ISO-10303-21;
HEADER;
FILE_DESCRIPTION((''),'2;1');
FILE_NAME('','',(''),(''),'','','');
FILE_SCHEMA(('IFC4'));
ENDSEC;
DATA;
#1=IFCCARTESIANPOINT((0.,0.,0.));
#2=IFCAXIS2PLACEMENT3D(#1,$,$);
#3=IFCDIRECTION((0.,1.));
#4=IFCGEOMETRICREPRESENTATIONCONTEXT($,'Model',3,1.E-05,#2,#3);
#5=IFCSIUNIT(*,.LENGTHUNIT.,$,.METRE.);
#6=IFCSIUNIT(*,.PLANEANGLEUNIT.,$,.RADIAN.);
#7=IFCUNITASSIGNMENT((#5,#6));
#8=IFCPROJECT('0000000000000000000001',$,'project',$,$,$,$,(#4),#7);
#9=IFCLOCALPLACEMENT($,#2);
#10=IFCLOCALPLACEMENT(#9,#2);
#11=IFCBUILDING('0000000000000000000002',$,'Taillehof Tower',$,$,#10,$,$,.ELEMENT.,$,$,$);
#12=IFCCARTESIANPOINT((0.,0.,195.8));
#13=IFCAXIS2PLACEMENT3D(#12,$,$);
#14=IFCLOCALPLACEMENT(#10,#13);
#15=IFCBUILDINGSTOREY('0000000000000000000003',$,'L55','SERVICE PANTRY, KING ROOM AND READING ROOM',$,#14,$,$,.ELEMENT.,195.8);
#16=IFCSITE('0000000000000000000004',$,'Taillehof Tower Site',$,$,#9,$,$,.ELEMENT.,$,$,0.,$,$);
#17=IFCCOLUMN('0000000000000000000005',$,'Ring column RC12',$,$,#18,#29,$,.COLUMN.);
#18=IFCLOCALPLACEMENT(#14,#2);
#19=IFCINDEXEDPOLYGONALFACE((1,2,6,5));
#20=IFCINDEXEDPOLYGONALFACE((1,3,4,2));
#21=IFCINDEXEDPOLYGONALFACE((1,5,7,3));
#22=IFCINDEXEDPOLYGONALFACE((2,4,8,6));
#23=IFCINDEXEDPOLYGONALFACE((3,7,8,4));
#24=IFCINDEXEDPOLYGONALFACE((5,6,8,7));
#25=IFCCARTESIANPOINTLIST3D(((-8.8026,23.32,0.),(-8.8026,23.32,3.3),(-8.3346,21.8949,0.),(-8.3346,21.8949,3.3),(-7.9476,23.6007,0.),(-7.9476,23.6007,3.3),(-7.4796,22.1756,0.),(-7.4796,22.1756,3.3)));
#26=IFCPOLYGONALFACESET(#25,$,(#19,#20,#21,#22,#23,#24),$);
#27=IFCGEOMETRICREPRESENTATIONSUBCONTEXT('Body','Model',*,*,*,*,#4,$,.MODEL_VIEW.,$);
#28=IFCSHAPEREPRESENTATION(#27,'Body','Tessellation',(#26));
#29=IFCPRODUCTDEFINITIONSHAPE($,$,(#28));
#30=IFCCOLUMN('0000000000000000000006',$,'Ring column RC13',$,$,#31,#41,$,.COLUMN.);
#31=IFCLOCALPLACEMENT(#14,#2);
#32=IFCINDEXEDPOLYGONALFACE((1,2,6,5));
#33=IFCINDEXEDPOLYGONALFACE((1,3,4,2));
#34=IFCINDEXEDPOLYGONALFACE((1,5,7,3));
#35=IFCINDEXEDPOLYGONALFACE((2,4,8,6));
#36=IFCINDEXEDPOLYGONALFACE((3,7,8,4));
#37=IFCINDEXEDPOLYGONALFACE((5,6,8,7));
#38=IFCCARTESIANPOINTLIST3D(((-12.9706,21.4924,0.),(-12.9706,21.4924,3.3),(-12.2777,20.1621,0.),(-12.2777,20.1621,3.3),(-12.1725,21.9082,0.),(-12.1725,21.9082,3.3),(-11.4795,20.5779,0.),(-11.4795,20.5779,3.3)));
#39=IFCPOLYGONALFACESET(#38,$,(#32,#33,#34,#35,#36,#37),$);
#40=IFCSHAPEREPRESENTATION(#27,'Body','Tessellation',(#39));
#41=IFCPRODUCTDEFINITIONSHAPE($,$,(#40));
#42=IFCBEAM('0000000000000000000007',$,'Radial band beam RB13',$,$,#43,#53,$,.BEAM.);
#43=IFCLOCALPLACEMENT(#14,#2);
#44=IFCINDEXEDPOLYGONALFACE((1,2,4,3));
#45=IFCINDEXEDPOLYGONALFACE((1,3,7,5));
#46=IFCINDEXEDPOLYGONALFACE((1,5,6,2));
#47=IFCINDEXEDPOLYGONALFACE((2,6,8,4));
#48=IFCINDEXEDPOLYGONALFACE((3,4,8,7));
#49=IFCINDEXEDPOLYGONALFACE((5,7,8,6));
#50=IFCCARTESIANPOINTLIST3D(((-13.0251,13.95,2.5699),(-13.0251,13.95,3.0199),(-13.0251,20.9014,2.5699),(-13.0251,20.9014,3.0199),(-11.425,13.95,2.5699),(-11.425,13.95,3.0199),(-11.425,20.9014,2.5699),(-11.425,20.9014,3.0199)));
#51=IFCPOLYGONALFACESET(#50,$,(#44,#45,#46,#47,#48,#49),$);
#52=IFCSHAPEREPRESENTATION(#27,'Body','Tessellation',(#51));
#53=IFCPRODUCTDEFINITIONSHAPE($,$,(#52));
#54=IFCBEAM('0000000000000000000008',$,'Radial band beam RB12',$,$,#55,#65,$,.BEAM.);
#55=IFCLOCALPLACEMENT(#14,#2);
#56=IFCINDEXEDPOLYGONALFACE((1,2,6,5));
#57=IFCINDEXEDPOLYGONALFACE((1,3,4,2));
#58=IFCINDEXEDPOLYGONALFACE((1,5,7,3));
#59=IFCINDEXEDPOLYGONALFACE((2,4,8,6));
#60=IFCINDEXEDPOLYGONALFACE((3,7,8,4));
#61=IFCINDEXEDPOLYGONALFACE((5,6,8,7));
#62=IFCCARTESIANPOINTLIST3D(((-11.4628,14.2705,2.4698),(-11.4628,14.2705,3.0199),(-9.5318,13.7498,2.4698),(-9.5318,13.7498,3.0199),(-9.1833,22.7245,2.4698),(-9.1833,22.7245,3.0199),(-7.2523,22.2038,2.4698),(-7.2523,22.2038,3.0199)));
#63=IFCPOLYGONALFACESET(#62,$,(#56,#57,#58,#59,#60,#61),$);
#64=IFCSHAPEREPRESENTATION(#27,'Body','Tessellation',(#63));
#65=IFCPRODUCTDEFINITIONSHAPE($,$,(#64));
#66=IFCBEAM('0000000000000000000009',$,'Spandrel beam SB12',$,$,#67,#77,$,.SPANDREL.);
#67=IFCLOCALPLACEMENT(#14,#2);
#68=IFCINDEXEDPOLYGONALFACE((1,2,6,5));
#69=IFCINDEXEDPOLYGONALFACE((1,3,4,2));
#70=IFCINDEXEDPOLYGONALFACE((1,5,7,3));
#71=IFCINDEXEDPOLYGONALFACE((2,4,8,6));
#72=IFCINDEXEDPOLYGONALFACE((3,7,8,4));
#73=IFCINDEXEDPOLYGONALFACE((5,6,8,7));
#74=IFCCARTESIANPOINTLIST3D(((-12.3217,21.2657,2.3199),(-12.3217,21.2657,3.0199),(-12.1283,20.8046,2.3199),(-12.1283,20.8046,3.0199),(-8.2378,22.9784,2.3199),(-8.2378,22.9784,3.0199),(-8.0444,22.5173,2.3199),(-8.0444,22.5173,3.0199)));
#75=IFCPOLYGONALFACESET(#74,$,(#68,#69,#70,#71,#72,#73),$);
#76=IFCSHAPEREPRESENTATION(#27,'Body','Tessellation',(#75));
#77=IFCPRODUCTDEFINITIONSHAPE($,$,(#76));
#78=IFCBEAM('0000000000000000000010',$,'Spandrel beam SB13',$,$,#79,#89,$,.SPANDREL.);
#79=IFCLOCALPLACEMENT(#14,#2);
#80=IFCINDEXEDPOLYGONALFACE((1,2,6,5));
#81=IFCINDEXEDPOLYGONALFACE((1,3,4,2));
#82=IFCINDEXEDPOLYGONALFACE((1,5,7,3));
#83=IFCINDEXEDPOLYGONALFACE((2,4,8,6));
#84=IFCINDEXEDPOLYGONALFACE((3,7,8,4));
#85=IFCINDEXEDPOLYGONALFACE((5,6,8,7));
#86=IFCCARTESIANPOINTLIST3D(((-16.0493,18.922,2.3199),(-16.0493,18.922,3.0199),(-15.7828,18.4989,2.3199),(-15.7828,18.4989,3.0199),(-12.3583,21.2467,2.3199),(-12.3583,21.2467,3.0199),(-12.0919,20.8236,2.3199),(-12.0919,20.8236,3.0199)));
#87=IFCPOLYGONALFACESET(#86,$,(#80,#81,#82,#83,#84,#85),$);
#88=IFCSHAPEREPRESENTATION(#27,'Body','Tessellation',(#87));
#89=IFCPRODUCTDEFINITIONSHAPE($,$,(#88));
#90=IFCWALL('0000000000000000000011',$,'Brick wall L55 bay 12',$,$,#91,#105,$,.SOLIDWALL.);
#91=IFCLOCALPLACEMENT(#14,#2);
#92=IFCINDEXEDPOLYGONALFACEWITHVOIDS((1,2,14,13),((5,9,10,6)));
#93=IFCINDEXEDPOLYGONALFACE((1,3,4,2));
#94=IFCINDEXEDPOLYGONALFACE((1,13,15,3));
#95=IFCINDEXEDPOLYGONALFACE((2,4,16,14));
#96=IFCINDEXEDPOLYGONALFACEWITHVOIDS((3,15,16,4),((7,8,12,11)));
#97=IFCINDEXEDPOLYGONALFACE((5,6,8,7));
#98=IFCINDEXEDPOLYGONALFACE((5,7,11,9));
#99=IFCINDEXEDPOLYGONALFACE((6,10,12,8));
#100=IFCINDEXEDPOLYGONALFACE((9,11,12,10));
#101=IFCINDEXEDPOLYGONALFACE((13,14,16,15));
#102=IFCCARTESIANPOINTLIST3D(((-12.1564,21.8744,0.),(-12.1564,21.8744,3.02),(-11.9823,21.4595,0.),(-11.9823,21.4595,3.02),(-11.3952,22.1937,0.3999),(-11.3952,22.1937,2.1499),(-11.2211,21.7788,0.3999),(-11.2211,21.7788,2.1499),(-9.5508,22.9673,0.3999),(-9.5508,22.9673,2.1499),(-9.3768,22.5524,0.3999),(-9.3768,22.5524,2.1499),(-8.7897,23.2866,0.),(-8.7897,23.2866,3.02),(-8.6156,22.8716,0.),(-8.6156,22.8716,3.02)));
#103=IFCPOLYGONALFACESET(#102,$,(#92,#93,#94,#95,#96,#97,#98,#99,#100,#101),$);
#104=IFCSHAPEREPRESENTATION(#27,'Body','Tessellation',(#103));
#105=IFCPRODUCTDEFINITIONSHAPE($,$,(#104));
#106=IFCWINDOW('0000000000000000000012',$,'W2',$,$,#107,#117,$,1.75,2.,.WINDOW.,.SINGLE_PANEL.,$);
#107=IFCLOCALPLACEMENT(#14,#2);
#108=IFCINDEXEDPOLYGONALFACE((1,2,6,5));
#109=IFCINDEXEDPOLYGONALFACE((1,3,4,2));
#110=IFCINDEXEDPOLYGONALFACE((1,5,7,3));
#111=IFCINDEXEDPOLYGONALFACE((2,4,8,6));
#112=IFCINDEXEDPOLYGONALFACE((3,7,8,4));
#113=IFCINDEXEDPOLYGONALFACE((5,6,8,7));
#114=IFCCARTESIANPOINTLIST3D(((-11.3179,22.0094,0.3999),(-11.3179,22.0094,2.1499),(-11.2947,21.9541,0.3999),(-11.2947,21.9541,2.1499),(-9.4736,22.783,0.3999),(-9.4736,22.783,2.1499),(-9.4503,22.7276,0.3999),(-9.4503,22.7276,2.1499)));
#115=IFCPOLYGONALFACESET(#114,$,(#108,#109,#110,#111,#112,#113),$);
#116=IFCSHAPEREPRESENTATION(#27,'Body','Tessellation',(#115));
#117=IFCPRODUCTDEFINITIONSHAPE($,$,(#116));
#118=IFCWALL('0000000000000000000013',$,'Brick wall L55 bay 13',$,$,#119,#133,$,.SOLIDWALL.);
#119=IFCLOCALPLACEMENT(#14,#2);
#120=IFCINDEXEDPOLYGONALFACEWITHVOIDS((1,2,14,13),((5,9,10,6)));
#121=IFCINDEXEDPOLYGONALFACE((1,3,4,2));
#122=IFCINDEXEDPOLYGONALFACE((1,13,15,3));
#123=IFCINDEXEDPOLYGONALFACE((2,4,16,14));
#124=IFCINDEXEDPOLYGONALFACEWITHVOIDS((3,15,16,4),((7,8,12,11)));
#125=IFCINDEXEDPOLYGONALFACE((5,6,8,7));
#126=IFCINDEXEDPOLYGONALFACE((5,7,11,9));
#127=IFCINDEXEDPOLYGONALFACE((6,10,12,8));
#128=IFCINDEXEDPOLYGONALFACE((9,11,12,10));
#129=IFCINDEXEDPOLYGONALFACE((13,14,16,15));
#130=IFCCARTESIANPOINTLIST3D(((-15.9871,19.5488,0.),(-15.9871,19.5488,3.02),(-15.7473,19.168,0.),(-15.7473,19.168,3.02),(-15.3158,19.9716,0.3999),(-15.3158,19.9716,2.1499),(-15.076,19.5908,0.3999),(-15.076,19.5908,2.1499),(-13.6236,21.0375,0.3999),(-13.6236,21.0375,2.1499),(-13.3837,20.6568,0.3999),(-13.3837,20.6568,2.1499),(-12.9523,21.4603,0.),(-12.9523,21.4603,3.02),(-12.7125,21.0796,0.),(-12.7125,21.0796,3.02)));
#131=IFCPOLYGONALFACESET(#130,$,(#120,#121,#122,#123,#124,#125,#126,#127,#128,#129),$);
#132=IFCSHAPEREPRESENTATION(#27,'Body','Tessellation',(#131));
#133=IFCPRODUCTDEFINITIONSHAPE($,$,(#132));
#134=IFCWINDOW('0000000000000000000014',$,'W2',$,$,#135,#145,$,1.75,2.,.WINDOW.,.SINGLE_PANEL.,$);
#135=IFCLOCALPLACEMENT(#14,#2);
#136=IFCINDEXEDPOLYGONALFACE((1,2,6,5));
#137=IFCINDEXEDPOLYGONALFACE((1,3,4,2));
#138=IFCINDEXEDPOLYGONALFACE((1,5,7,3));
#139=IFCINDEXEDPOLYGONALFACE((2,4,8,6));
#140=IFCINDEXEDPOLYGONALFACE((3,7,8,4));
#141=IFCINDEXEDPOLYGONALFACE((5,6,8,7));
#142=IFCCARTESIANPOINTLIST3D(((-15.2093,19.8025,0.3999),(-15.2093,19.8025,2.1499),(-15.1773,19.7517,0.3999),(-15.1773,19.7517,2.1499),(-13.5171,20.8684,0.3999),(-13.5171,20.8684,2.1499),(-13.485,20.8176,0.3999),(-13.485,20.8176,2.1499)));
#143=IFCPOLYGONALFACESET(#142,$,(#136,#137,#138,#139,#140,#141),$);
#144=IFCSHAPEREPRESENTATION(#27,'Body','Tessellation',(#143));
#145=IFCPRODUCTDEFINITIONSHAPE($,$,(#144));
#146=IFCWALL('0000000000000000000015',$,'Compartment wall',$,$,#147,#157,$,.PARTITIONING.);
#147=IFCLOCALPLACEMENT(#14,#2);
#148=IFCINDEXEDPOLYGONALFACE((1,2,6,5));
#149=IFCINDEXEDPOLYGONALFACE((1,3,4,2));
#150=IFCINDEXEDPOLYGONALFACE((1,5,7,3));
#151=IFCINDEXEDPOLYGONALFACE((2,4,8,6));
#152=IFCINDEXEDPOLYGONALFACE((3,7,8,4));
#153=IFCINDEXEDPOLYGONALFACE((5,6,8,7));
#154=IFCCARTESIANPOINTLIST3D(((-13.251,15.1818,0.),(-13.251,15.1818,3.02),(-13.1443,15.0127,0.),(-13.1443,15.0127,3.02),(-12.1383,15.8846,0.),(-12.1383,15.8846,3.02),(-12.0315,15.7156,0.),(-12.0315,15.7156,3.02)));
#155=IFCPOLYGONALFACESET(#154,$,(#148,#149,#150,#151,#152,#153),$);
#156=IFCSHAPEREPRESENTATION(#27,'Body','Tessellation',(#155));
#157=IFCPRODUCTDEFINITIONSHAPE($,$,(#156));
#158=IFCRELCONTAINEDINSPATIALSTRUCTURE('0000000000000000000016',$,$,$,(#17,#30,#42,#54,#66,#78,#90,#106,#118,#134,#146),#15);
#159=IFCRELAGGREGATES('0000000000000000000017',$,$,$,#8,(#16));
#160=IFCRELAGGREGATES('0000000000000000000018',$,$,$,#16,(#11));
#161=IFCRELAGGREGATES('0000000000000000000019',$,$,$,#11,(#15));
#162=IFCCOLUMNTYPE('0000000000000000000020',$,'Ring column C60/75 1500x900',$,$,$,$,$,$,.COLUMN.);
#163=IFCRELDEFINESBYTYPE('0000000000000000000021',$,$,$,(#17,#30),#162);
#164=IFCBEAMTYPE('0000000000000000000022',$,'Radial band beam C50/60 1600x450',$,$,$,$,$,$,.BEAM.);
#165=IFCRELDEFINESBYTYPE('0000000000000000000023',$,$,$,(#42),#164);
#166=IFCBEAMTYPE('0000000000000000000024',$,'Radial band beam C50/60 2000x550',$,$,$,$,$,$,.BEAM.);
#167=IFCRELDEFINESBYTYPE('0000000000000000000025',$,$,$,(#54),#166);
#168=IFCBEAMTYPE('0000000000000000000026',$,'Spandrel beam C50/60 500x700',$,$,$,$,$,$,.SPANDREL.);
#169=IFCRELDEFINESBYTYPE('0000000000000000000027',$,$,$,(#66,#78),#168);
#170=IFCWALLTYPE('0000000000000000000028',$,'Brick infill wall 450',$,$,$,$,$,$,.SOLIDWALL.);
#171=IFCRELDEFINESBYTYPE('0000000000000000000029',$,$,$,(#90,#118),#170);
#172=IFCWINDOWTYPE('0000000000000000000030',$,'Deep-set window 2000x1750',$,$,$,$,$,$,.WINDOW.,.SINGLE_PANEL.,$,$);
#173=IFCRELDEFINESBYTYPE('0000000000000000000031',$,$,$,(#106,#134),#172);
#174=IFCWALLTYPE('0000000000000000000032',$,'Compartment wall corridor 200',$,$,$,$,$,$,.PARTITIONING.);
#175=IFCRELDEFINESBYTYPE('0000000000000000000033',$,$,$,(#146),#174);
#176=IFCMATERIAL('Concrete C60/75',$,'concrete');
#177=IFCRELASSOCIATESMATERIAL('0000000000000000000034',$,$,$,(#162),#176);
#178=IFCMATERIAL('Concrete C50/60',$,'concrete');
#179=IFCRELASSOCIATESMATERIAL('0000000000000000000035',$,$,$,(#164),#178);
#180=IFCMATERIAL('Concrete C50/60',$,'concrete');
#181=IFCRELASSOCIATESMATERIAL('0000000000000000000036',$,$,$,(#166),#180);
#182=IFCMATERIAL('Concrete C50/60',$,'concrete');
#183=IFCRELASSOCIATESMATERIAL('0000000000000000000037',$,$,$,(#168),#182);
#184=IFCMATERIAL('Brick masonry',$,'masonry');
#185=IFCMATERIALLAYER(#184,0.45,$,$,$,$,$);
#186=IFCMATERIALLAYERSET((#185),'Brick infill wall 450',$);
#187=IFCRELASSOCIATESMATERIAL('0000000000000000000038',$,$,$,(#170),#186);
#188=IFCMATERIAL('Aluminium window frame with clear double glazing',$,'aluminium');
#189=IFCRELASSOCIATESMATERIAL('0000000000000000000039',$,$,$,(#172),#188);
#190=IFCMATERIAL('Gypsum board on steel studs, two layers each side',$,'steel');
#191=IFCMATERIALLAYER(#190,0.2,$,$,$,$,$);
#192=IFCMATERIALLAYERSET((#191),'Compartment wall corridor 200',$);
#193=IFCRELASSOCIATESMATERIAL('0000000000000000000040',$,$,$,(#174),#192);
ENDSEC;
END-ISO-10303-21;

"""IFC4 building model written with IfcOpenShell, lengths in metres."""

from ifc_helpers import new_model, si_unit, direction, frame, frame_2d, origin, origin_2d, place, context, subcontext, project, spatial, rectangle, extrude, material, layer, layer_set, material_profile, profile_set, type_object, element, fill, save


model = new_model("IFC4")

# Units and contexts
model_context = context("Model", 3, precision=1e-05, world=origin(), true_north=direction((0.0, 1.0)))
body_context = subcontext(model_context, "Body", "Model", "MODEL_VIEW")
ifc_project = project(units=[si_unit("LENGTHUNIT", "METRE"), si_unit("PLANEANGLEUNIT", "RADIAN")], contexts=[model_context])

# Site, building, storey
site_placement = place(None, origin())
site = spatial("IfcSite", under=ifc_project, at=site_placement, Name="Taillehof Tower Site", CompositionType="ELEMENT", RefElevation=0.0)
building_placement = place(site_placement, origin())
building = spatial("IfcBuilding", under=site, at=building_placement, Name="Taillehof Tower", CompositionType="ELEMENT")
storey_placement = place(building_placement, frame((0.0, 0.0, 195.8)))
storey = spatial("IfcBuildingStorey", under=building, at=storey_placement, Name="L55", Description="SERVICE PANTRY, KING ROOM AND READING ROOM", CompositionType="ELEMENT", Elevation=195.8)

# Columns
ifc_material_1 = material(Name="Concrete C60/75", Category="concrete")
ifc_material_profile_1 = material_profile(ifc_material_1, rectangle(XDim=1.5, YDim=0.8999, at=origin_2d()), Name="RC 1500x900")
ifc_profile_set_1 = profile_set([ifc_material_profile_1], Name="Concrete C60/75")
column_type = type_object("IfcColumnType", Name="Ring column C60/75 1500x900", PredefinedType="COLUMN", material=ifc_profile_set_1)
for number, where, z_axis, x_axis, name in (
    (1, (-8.1411, 22.7478, 0.0), (0.0, 0.0, 1.0), (-0.312001, 0.950082, 0.0), "Ring column RC12"),
    (2, (-12.2251, 21.0352, 0.0), (0.0, 0.0, 1.0), (-0.461993, 0.886883, 0.0), "Ring column RC13"),
):
    element("IfcColumn", number, at=place(storey_placement, frame(where, z_axis=z_axis, x_axis=x_axis)), inside=storey, type_object=column_type, Name=name, PredefinedType="COLUMN", context=body_context, shape_type="SweptSolid", body=[
        extrude(rectangle(XDim=1.5, YDim=0.8999, at=origin_2d()), origin(), (0.0, 0.0, 1.0), 3.3),
    ])

# Beams
ifc_material_2 = material(Name="Concrete C50/60", Category="concrete")
ifc_material_profile_2 = material_profile(ifc_material_2, rectangle(XDim=1.6001, YDim=0.45, at=origin_2d()), Name="RC 1600x450")
ifc_profile_set_2 = profile_set([ifc_material_profile_2], Name="Concrete C50/60")
beam_type_1 = type_object("IfcBeamType", Name="Radial band beam C50/60 1600x450", PredefinedType="BEAM", material=ifc_profile_set_2)
beam_1_placement = place(storey_placement, frame((-12.2251, 20.9014, 2.7949), z_axis=(0.0, -1.0, 0.0), x_axis=(1.0, 0.0, 0.0)))
element("IfcBeam", 3, at=beam_1_placement, inside=storey, type_object=beam_type_1, Name="Radial band beam RB13", PredefinedType="BEAM", context=body_context, shape_type="SweptSolid", body=[
    extrude(rectangle(XDim=1.6001, YDim=0.45, at=origin_2d()), origin(), (0.0, 0.0, 1.0), 6.9514),
])
ifc_material_3 = material(Name="Concrete C50/60", Category="concrete")
ifc_material_profile_3 = material_profile(ifc_material_3, rectangle(XDim=2.0, YDim=0.55, at=origin_2d()), Name="RC 2000x550")
ifc_profile_set_3 = profile_set([ifc_material_profile_3], Name="Concrete C50/60")
beam_type_2 = type_object("IfcBeamType", Name="Radial band beam C50/60 2000x550", PredefinedType="BEAM", material=ifc_profile_set_3)
beam_2_placement = place(storey_placement, frame((-8.2178, 22.4641, 2.7449), z_axis=(-0.260346, -0.965515, 0.0), x_axis=(0.965515, -0.260346, 0.0)))
element("IfcBeam", 4, at=beam_2_placement, inside=storey, type_object=beam_type_2, Name="Radial band beam RB12", PredefinedType="BEAM", context=body_context, shape_type="SweptSolid", body=[
    extrude(rectangle(XDim=2.0, YDim=0.55, at=origin_2d()), origin(), (0.0, 0.0, 1.0), 8.7559),
])
ifc_material_4 = material(Name="Concrete C50/60", Category="concrete")
ifc_material_profile_4 = material_profile(ifc_material_4, rectangle(XDim=0.5, YDim=0.7, at=origin_2d()), Name="RC 500x700")
ifc_profile_set_4 = profile_set([ifc_material_profile_4], Name="Concrete C50/60")
beam_type_3 = type_object("IfcBeamType", Name="Spandrel beam C50/60 500x700", PredefinedType="SPANDREL", material=ifc_profile_set_4)
beam_3_placement = place(storey_placement, frame((-8.1411, 22.7478, 2.6699), z_axis=(-0.922194, -0.386728, 0.0), x_axis=(0.386728, -0.922194, 0.0)))
element("IfcBeam", 5, at=beam_3_placement, inside=storey, type_object=beam_type_3, Name="Spandrel beam SB12", PredefinedType="SPANDREL", context=body_context, shape_type="SweptSolid", body=[
    extrude(rectangle(XDim=0.5, YDim=0.7, at=origin_2d()), origin(), (0.0, 0.0, 1.0), 4.4285),
])
beam_4_placement = place(storey_placement, frame((-12.2251, 21.0352, 2.6699), z_axis=(-0.846151, -0.532944, 0.0), x_axis=(0.532944, -0.846151, 0.0)))
element("IfcBeam", 6, at=beam_4_placement, inside=storey, type_object=beam_type_3, Name="Spandrel beam SB13", PredefinedType="SPANDREL", context=body_context, shape_type="SweptSolid", body=[
    extrude(rectangle(XDim=0.5, YDim=0.7, at=origin_2d()), origin(), (0.0, 0.0, 1.0), 4.3621),
])

# Walls, openings, windows
ifc_material_5 = material(Name="Brick masonry", Category="masonry")
ifc_layer_1 = layer(ifc_material_5, 0.45)
ifc_layer_set_1 = layer_set([ifc_layer_1], Name="Brick infill wall 450")
wall_type_1 = type_object("IfcWallType", Name="Brick infill wall 450", PredefinedType="SOLIDWALL", material=ifc_layer_set_1)
wall_1_placement = place(storey_placement, frame((-8.7026, 23.0791, 0.0), z_axis=(0.0, 0.0, 1.0), x_axis=(-0.922168, -0.386789, 0.0)))
wall_1 = element("IfcWall", 7, at=wall_1_placement, inside=storey, type_object=wall_type_1, Name="Brick wall L55 bay 12", PredefinedType="SOLIDWALL", context=body_context, shape_type="SweptSolid", body=[
    extrude(rectangle(XDim=3.6509, YDim=0.45, at=frame_2d((1.8254, 0.0))), origin(), (0.0, 0.0, 1.0), 3.02),
])
opening_1_placement = place(wall_1_placement, frame((0.8254, 0.0, 0.3999)))
opening_1 = element("IfcOpeningElement", 8, at=opening_1_placement, cuts=wall_1, PredefinedType="OPENING", context=body_context, shape_type="SweptSolid", body=[
    extrude(rectangle(XDim=2.0, YDim=1.75, at=frame_2d((1.0, 0.875))), frame((0.0, 0.2349, 0.0), z_axis=(0.0, -1.0, 0.0), x_axis=(1.0, 0.0, 0.0)), (0.0, 0.0, 1.0), 0.47),
])
ifc_material_6 = material(Name="Aluminium window frame with clear double glazing", Category="aluminium")
window_type = type_object("IfcWindowType", Name="Deep-set window 2000x1750", PartitioningType="SINGLE_PANEL", PredefinedType="WINDOW", material=ifc_material_6)
window_1_placement = place(opening_1_placement, origin())
window_1 = element("IfcWindow", 9, at=window_1_placement, inside=storey, type_object=window_type, Name="W2", OverallHeight=1.75, OverallWidth=2.0, PartitioningType="SINGLE_PANEL", PredefinedType="WINDOW", context=body_context, shape_type="SweptSolid", body=[
    extrude(rectangle(XDim=2.0, YDim=1.75, at=frame_2d((1.0, 0.875))), frame((0.0, 0.0349, 0.0), z_axis=(0.0, -1.0, 0.0), x_axis=(1.0, 0.0, 0.0)), (0.0, 0.0, 1.0), 0.0601),
])
fill(opening_1, window_1)
wall_2_placement = place(storey_placement, frame((-12.8323, 21.27, 0.0), z_axis=(0.0, 0.0, 1.0), x_axis=(-0.846138, -0.532963, 0.0)))
wall_2 = element("IfcWall", 10, at=wall_2_placement, inside=storey, type_object=wall_type_1, Name="Brick wall L55 bay 13", PredefinedType="SOLIDWALL", context=body_context, shape_type="SweptSolid", body=[
    extrude(rectangle(XDim=3.5867, YDim=0.45, at=frame_2d((1.7935, 0.0))), origin(), (0.0, 0.0, 1.0), 3.02),
])
opening_2_placement = place(wall_2_placement, frame((0.7935, 0.0, 0.3999)))
opening_2 = element("IfcOpeningElement", 11, at=opening_2_placement, cuts=wall_2, PredefinedType="OPENING", context=body_context, shape_type="SweptSolid", body=[
    extrude(rectangle(XDim=2.0, YDim=1.75, at=frame_2d((1.0, 0.875))), frame((0.0, 0.2349, 0.0), z_axis=(0.0, -1.0, 0.0), x_axis=(1.0, 0.0, 0.0)), (0.0, 0.0, 1.0), 0.47),
])
window_2_placement = place(opening_2_placement, origin())
window_2 = element("IfcWindow", 12, at=window_2_placement, inside=storey, type_object=window_type, Name="W2", OverallHeight=1.75, OverallWidth=2.0, PartitioningType="SINGLE_PANEL", PredefinedType="WINDOW", context=body_context, shape_type="SweptSolid", body=[
    extrude(rectangle(XDim=2.0, YDim=1.75, at=frame_2d((1.0, 0.875))), frame((0.0, 0.0349, 0.0), z_axis=(0.0, -1.0, 0.0), x_axis=(1.0, 0.0, 0.0)), (0.0, 0.0, 1.0), 0.0601),
])
fill(opening_2, window_2)

# Wall
ifc_material_7 = material(Name="Gypsum board on steel studs, two layers each side", Category="steel")
ifc_layer_2 = layer(ifc_material_7, 0.2)
ifc_layer_set_2 = layer_set([ifc_layer_2], Name="Compartment wall corridor 200")
wall_type_2 = type_object("IfcWallType", Name="Compartment wall corridor 200", PredefinedType="PARTITIONING", material=ifc_layer_set_2)
wall_3_placement = place(storey_placement, frame((-13.1978, 15.0972, 0.0), z_axis=(0.0, 0.0, 1.0), x_axis=(0.845467, 0.534028, 0.0)))
element("IfcWall", 13, at=wall_3_placement, inside=storey, type_object=wall_type_2, Name="Compartment wall", PredefinedType="PARTITIONING", context=body_context, shape_type="SweptSolid", body=[
    extrude(rectangle(XDim=1.3162, YDim=0.2, at=frame_2d((0.6582, 0.0))), origin(), (0.0, 0.0, 1.0), 3.02),
])

save(model, "model.ifc")
